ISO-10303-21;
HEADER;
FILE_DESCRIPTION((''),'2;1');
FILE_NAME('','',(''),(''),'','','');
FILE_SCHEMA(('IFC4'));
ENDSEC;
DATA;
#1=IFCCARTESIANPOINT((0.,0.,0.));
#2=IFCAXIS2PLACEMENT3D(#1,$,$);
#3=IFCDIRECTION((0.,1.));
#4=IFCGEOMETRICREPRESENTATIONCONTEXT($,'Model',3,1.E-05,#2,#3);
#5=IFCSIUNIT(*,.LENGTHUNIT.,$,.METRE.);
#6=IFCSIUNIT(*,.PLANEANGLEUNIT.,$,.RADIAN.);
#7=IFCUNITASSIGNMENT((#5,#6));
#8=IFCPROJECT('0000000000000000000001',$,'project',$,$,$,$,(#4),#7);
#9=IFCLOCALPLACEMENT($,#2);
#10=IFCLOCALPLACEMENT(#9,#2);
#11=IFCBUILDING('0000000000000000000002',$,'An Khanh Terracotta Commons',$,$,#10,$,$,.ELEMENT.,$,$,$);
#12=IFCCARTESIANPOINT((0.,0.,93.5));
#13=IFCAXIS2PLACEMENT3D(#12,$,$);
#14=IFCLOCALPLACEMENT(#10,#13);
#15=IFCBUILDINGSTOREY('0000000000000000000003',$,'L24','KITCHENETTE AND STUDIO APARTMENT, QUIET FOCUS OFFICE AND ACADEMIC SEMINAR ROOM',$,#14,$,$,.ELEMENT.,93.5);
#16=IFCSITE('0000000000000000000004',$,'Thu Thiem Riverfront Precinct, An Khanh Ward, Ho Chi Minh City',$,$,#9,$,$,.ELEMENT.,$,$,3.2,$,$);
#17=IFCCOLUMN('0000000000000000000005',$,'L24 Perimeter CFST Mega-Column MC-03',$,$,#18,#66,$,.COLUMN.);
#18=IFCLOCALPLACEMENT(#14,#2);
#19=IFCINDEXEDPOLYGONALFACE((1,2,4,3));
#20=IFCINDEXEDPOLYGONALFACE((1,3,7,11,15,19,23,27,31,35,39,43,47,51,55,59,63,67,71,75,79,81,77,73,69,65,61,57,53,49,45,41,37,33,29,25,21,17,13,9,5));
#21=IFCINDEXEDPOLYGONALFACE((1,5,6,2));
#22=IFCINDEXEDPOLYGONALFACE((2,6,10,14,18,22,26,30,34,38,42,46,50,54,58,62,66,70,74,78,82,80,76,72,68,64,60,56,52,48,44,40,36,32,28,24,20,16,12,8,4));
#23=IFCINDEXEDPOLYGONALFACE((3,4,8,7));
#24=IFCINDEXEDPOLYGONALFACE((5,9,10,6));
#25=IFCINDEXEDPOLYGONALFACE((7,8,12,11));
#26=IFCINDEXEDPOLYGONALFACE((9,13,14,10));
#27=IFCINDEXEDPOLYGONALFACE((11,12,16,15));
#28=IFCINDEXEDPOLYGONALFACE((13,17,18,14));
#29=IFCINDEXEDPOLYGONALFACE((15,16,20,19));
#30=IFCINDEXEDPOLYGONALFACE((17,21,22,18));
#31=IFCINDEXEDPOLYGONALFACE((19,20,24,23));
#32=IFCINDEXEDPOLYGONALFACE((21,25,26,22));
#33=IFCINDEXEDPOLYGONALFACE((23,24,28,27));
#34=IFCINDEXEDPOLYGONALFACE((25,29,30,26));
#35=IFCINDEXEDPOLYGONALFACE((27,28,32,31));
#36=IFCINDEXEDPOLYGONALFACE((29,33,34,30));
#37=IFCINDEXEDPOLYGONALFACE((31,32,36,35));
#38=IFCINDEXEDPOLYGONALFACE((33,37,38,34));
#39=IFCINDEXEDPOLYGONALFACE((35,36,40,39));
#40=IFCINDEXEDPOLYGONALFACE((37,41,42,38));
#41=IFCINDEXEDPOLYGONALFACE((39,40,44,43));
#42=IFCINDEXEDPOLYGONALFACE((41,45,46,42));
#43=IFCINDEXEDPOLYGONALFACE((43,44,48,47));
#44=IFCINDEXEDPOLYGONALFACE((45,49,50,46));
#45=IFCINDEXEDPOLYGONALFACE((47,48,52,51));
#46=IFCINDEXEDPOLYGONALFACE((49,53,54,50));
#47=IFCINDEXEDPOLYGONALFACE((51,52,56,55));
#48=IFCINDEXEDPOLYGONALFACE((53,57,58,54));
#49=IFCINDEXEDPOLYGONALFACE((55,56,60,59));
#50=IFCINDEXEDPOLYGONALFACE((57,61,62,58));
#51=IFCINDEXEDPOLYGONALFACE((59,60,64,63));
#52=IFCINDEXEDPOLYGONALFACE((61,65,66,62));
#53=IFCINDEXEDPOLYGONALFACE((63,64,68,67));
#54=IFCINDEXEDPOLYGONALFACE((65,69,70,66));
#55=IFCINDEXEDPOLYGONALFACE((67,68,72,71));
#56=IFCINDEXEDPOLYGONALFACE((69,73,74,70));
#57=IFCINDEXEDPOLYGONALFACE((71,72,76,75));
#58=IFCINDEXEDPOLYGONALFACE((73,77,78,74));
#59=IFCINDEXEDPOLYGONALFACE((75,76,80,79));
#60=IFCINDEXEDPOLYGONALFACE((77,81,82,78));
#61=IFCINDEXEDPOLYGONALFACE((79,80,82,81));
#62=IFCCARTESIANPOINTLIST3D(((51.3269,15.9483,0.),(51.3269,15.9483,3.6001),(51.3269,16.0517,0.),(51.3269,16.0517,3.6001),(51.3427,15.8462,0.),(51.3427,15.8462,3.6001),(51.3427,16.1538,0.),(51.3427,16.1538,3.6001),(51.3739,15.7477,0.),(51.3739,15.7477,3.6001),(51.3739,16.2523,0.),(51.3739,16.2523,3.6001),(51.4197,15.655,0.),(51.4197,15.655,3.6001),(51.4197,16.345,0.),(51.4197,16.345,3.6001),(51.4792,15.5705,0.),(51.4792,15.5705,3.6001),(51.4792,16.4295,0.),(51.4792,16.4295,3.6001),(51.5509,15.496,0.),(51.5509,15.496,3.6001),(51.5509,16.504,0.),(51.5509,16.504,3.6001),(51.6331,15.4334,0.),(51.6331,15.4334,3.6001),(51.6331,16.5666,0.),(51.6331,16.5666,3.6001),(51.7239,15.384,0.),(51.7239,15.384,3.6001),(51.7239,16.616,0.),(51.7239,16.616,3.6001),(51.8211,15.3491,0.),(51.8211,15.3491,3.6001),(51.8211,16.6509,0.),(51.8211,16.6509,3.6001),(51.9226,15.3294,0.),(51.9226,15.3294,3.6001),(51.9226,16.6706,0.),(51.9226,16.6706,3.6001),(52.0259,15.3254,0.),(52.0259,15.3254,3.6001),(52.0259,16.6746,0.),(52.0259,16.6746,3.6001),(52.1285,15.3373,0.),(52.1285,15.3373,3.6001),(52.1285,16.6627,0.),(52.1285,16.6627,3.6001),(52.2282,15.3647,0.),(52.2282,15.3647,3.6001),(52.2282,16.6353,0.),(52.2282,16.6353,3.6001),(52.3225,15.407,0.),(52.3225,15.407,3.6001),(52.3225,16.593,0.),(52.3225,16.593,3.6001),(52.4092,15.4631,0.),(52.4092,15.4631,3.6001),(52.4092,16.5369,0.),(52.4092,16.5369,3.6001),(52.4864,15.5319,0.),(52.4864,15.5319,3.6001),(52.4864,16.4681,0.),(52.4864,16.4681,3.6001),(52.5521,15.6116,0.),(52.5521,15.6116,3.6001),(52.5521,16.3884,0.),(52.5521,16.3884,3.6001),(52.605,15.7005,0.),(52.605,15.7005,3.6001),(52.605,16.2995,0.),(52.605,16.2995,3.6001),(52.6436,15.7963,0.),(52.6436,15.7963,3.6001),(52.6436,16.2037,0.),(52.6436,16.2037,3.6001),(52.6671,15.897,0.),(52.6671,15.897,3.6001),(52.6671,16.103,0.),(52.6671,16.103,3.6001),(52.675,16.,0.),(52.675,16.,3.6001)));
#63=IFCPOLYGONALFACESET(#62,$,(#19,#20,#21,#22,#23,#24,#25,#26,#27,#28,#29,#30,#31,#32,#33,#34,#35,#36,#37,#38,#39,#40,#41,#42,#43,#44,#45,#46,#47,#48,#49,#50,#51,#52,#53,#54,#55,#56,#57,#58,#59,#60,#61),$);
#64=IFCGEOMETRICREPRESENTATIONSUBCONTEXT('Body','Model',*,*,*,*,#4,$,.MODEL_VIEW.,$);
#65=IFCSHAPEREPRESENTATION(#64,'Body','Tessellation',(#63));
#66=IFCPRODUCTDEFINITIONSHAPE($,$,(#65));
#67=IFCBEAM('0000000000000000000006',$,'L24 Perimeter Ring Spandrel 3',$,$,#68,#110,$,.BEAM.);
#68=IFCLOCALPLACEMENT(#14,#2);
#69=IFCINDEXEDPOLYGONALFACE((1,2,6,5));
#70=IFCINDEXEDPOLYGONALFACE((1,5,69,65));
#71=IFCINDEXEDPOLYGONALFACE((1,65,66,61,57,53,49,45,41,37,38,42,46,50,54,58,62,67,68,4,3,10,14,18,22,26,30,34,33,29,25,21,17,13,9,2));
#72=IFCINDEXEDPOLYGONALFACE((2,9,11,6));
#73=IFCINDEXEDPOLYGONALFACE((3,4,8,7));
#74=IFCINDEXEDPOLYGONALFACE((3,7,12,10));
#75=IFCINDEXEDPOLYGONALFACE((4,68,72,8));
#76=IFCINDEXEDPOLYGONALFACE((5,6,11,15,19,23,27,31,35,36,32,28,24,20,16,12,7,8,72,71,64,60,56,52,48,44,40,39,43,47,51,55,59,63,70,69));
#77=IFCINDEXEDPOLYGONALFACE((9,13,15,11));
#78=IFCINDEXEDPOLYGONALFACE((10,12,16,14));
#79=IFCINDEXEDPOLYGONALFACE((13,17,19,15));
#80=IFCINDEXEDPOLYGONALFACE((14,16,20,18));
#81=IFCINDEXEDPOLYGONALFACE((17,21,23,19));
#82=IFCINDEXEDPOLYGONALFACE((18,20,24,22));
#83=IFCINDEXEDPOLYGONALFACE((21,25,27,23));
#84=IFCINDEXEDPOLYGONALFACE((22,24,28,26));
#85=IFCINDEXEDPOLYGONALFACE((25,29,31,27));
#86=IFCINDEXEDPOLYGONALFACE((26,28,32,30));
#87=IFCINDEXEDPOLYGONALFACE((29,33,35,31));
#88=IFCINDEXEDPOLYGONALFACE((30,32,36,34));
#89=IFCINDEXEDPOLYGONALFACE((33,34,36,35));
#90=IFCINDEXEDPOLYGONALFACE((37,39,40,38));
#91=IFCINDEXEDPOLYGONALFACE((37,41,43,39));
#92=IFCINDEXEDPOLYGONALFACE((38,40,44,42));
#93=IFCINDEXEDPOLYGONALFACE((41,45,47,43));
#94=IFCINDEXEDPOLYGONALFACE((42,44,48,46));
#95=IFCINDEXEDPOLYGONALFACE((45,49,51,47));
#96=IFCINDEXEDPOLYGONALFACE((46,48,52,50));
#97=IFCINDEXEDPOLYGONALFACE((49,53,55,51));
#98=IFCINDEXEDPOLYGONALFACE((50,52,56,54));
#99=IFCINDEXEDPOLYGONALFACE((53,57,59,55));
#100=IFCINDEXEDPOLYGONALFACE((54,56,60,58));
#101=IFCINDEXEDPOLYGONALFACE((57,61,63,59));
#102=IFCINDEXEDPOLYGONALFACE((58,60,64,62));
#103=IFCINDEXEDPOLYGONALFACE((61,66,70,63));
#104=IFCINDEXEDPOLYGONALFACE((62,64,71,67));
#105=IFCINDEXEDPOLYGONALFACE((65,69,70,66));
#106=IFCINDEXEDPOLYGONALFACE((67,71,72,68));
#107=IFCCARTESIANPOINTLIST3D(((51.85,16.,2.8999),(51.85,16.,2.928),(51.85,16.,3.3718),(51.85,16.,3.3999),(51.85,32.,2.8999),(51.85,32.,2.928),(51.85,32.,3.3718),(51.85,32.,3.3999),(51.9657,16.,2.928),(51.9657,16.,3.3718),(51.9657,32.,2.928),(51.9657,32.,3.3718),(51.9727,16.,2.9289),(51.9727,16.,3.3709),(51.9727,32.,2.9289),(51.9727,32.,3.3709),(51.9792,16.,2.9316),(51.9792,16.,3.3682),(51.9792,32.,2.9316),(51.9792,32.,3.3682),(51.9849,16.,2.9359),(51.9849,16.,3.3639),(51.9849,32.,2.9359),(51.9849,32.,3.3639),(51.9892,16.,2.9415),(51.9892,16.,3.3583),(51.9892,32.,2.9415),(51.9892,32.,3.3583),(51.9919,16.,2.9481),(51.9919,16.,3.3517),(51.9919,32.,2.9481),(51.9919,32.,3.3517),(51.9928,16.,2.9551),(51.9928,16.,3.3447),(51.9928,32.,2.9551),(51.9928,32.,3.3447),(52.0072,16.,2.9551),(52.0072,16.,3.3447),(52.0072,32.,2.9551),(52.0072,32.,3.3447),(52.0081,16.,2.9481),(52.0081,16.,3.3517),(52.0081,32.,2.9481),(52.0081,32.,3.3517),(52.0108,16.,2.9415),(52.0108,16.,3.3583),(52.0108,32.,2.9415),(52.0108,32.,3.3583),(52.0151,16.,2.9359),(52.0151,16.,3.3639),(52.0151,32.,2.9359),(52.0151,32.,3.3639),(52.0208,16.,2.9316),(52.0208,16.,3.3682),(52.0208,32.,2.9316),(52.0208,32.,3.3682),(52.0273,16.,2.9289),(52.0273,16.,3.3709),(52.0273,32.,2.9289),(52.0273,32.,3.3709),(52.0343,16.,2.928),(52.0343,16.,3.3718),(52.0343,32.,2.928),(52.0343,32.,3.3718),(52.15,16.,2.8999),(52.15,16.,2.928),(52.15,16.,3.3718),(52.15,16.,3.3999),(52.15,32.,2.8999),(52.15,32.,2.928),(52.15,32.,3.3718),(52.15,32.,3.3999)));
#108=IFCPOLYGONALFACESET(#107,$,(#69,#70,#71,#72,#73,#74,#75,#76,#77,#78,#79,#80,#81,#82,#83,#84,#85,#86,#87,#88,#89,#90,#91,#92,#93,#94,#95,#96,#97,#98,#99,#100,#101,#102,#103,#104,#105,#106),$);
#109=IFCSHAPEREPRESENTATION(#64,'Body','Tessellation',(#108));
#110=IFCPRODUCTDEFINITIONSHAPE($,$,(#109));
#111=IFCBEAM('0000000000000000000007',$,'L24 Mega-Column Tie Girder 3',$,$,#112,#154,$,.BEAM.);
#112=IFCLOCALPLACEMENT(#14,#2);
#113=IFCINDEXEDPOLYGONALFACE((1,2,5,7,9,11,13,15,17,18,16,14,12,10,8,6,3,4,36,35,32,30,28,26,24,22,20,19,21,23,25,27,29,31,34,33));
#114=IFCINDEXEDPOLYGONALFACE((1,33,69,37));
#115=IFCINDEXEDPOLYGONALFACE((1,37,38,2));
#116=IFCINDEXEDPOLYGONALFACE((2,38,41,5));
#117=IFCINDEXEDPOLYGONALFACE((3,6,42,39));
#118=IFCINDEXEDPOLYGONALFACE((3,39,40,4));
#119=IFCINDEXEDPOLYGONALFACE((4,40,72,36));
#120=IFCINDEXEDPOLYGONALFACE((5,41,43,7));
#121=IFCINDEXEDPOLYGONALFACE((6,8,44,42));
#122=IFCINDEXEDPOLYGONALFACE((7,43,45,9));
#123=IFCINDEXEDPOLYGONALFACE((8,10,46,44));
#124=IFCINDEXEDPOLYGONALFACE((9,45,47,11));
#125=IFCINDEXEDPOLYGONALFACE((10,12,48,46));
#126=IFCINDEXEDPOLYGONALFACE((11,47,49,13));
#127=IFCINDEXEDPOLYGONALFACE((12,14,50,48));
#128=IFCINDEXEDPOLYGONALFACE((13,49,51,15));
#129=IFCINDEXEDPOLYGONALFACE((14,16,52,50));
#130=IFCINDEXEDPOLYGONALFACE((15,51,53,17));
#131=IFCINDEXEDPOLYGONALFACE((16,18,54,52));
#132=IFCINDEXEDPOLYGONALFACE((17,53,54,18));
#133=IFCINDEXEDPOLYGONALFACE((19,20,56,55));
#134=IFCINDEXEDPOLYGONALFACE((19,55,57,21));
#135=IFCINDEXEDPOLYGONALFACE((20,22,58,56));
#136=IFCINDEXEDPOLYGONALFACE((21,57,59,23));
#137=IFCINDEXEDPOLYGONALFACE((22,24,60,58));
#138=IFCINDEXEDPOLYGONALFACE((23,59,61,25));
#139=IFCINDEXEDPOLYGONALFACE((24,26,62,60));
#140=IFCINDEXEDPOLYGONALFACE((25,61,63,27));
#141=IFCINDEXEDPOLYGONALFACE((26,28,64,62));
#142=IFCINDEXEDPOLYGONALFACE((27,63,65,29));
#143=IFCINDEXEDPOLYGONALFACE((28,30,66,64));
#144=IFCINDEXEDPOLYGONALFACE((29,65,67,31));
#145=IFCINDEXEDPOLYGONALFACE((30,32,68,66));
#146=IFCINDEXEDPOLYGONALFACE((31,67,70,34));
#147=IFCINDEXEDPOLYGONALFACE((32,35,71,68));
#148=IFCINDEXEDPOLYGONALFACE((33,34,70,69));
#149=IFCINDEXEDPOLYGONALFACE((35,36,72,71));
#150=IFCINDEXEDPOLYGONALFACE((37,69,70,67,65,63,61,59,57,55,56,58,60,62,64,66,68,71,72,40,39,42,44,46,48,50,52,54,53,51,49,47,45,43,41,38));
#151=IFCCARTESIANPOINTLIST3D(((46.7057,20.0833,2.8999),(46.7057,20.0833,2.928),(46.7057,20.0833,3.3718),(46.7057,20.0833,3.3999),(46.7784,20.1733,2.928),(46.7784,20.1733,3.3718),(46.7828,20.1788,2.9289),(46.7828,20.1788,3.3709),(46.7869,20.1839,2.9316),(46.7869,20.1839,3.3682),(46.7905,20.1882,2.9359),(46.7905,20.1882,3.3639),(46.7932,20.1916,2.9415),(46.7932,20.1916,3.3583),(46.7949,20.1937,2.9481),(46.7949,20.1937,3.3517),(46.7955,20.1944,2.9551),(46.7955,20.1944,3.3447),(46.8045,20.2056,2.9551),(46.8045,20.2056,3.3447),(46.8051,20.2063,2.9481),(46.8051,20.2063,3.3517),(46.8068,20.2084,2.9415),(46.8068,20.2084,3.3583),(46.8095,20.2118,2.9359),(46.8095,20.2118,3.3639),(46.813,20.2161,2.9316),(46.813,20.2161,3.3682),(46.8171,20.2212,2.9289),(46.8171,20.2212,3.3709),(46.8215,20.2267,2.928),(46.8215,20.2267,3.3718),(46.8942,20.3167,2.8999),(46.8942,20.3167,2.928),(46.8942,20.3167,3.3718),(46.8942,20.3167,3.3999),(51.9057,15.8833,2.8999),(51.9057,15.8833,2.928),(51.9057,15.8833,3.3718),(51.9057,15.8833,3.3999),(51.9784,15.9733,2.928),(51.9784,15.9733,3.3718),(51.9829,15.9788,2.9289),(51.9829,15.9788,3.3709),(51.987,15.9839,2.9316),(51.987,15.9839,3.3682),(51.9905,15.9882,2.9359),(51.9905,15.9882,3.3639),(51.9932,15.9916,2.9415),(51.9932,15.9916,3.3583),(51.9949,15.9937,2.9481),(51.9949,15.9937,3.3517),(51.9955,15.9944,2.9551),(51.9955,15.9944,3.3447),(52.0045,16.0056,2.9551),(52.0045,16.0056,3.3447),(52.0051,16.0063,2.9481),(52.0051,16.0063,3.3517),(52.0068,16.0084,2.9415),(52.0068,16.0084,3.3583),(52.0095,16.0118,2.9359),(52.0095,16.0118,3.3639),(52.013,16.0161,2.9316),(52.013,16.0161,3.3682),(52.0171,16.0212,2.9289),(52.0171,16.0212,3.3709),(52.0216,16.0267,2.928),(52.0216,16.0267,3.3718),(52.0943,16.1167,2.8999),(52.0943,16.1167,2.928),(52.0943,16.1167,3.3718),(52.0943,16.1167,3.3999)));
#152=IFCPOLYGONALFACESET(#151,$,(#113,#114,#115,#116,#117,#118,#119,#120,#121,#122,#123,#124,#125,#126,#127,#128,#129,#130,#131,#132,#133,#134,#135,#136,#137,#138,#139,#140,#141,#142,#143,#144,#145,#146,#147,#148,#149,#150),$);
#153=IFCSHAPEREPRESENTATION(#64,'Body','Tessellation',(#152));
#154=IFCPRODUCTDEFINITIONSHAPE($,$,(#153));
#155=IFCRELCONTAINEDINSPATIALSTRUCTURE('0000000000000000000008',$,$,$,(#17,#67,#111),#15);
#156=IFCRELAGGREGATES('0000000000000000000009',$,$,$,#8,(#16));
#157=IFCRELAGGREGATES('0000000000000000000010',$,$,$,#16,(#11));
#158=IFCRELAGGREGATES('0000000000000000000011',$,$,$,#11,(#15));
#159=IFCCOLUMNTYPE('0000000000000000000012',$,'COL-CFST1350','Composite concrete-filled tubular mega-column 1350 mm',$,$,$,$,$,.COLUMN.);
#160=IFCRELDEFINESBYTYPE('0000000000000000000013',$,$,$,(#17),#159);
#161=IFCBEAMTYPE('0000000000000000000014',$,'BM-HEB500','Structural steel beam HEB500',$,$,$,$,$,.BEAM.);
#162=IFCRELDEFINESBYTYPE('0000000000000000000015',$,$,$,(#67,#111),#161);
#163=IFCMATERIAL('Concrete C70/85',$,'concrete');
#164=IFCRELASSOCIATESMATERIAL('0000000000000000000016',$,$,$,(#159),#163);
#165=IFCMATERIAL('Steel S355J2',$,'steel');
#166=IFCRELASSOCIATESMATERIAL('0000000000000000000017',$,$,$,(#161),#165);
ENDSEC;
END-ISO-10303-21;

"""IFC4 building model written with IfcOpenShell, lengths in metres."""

from ifc_helpers import new_model, si_unit, direction, frame, origin, origin_2d, place, context, subcontext, project, spatial, circle, i_section, extrude, material, material_profile, profile_set, type_object, element, save


model = new_model("IFC4")

# Units and contexts
model_context = context("Model", 3, precision=1e-05, world=origin(), true_north=direction((0.0, 1.0)))
body_context = subcontext(model_context, "Body", "Model", "MODEL_VIEW")
ifc_project = project(units=[si_unit("LENGTHUNIT", "METRE"), si_unit("PLANEANGLEUNIT", "RADIAN")], contexts=[model_context])

# Site, building, storey
site_placement = place(None, origin())
site = spatial("IfcSite", under=ifc_project, at=site_placement, Name="Thu Thiem Riverfront Precinct, An Khanh Ward, Ho Chi Minh City", CompositionType="ELEMENT", RefElevation=3.2)
building_placement = place(site_placement, origin())
building = spatial("IfcBuilding", under=site, at=building_placement, Name="An Khanh Terracotta Commons", CompositionType="ELEMENT")
storey_placement = place(building_placement, frame((0.0, 0.0, 93.5)))
storey = spatial("IfcBuildingStorey", under=building, at=storey_placement, Name="L24", Description="KITCHENETTE AND STUDIO APARTMENT, QUIET FOCUS OFFICE AND ACADEMIC SEMINAR ROOM", CompositionType="ELEMENT", Elevation=93.5)

# Column
ifc_material_1 = material(Name="Concrete C70/85", Category="concrete")
ifc_material_profile_1 = material_profile(ifc_material_1, circle(Radius=0.675, at=origin_2d()), Name="CFST1350")
ifc_profile_set_1 = profile_set([ifc_material_profile_1], Name="Concrete C70/85")
column_type = type_object("IfcColumnType", Name="COL-CFST1350", Description="Composite concrete-filled tubular mega-column 1350 mm", PredefinedType="COLUMN", material=ifc_profile_set_1)
column_placement = place(storey_placement, frame((52.0, 16.0, 0.0), z_axis=(0.0, 0.0, 1.0), x_axis=(1.0, 0.0, 0.0)))
element("IfcColumn", 1, at=column_placement, inside=storey, type_object=column_type, Name="L24 Perimeter CFST Mega-Column MC-03", PredefinedType="COLUMN", context=body_context, shape_type="SweptSolid", body=[
    extrude(circle(Radius=0.675, at=origin_2d()), origin(), (0.0, 0.0, 1.0), 3.6001),
])

# Beams
ifc_material_2 = material(Name="Steel S355J2", Category="steel")
ifc_material_profile_2 = material_profile(ifc_material_2, i_section(OverallWidth=0.3, OverallDepth=0.5, WebThickness=0.0144, FlangeThickness=0.0281, FilletRadius=0.0271, at=origin_2d()), Name="HEB500")
ifc_profile_set_2 = profile_set([ifc_material_profile_2], Name="Steel S355J2")
beam_type = type_object("IfcBeamType", Name="BM-HEB500", Description="Structural steel beam HEB500", PredefinedType="BEAM", material=ifc_profile_set_2)
beam_1_placement = place(storey_placement, frame((52.0, 16.0, 3.1499), z_axis=(0.0, 1.0, 0.0), x_axis=(-1.0, 0.0, 0.0)))
element("IfcBeam", 2, at=beam_1_placement, inside=storey, type_object=beam_type, Name="L24 Perimeter Ring Spandrel 3", PredefinedType="BEAM", context=body_context, shape_type="SweptSolid", body=[
    extrude(i_section(OverallWidth=0.3, OverallDepth=0.5, WebThickness=0.0144, FlangeThickness=0.0281, FilletRadius=0.0271, at=origin_2d()), origin(), (0.0, 0.0, 1.0), 16.0),
])
beam_2_placement = place(storey_placement, frame((52.0, 16.0, 3.1499), z_axis=(-0.777942, 0.628336, 0.0), x_axis=(-0.628336, -0.777942, 0.0)))
element("IfcBeam", 3, at=beam_2_placement, inside=storey, type_object=beam_type, Name="L24 Mega-Column Tie Girder 3", PredefinedType="BEAM", context=body_context, shape_type="SweptSolid", body=[
    extrude(i_section(OverallWidth=0.3, OverallDepth=0.5, WebThickness=0.0144, FlangeThickness=0.0281, FilletRadius=0.0271, at=origin_2d()), origin(), (0.0, 0.0, 1.0), 6.6843),
])

save(model, "model.ifc")
